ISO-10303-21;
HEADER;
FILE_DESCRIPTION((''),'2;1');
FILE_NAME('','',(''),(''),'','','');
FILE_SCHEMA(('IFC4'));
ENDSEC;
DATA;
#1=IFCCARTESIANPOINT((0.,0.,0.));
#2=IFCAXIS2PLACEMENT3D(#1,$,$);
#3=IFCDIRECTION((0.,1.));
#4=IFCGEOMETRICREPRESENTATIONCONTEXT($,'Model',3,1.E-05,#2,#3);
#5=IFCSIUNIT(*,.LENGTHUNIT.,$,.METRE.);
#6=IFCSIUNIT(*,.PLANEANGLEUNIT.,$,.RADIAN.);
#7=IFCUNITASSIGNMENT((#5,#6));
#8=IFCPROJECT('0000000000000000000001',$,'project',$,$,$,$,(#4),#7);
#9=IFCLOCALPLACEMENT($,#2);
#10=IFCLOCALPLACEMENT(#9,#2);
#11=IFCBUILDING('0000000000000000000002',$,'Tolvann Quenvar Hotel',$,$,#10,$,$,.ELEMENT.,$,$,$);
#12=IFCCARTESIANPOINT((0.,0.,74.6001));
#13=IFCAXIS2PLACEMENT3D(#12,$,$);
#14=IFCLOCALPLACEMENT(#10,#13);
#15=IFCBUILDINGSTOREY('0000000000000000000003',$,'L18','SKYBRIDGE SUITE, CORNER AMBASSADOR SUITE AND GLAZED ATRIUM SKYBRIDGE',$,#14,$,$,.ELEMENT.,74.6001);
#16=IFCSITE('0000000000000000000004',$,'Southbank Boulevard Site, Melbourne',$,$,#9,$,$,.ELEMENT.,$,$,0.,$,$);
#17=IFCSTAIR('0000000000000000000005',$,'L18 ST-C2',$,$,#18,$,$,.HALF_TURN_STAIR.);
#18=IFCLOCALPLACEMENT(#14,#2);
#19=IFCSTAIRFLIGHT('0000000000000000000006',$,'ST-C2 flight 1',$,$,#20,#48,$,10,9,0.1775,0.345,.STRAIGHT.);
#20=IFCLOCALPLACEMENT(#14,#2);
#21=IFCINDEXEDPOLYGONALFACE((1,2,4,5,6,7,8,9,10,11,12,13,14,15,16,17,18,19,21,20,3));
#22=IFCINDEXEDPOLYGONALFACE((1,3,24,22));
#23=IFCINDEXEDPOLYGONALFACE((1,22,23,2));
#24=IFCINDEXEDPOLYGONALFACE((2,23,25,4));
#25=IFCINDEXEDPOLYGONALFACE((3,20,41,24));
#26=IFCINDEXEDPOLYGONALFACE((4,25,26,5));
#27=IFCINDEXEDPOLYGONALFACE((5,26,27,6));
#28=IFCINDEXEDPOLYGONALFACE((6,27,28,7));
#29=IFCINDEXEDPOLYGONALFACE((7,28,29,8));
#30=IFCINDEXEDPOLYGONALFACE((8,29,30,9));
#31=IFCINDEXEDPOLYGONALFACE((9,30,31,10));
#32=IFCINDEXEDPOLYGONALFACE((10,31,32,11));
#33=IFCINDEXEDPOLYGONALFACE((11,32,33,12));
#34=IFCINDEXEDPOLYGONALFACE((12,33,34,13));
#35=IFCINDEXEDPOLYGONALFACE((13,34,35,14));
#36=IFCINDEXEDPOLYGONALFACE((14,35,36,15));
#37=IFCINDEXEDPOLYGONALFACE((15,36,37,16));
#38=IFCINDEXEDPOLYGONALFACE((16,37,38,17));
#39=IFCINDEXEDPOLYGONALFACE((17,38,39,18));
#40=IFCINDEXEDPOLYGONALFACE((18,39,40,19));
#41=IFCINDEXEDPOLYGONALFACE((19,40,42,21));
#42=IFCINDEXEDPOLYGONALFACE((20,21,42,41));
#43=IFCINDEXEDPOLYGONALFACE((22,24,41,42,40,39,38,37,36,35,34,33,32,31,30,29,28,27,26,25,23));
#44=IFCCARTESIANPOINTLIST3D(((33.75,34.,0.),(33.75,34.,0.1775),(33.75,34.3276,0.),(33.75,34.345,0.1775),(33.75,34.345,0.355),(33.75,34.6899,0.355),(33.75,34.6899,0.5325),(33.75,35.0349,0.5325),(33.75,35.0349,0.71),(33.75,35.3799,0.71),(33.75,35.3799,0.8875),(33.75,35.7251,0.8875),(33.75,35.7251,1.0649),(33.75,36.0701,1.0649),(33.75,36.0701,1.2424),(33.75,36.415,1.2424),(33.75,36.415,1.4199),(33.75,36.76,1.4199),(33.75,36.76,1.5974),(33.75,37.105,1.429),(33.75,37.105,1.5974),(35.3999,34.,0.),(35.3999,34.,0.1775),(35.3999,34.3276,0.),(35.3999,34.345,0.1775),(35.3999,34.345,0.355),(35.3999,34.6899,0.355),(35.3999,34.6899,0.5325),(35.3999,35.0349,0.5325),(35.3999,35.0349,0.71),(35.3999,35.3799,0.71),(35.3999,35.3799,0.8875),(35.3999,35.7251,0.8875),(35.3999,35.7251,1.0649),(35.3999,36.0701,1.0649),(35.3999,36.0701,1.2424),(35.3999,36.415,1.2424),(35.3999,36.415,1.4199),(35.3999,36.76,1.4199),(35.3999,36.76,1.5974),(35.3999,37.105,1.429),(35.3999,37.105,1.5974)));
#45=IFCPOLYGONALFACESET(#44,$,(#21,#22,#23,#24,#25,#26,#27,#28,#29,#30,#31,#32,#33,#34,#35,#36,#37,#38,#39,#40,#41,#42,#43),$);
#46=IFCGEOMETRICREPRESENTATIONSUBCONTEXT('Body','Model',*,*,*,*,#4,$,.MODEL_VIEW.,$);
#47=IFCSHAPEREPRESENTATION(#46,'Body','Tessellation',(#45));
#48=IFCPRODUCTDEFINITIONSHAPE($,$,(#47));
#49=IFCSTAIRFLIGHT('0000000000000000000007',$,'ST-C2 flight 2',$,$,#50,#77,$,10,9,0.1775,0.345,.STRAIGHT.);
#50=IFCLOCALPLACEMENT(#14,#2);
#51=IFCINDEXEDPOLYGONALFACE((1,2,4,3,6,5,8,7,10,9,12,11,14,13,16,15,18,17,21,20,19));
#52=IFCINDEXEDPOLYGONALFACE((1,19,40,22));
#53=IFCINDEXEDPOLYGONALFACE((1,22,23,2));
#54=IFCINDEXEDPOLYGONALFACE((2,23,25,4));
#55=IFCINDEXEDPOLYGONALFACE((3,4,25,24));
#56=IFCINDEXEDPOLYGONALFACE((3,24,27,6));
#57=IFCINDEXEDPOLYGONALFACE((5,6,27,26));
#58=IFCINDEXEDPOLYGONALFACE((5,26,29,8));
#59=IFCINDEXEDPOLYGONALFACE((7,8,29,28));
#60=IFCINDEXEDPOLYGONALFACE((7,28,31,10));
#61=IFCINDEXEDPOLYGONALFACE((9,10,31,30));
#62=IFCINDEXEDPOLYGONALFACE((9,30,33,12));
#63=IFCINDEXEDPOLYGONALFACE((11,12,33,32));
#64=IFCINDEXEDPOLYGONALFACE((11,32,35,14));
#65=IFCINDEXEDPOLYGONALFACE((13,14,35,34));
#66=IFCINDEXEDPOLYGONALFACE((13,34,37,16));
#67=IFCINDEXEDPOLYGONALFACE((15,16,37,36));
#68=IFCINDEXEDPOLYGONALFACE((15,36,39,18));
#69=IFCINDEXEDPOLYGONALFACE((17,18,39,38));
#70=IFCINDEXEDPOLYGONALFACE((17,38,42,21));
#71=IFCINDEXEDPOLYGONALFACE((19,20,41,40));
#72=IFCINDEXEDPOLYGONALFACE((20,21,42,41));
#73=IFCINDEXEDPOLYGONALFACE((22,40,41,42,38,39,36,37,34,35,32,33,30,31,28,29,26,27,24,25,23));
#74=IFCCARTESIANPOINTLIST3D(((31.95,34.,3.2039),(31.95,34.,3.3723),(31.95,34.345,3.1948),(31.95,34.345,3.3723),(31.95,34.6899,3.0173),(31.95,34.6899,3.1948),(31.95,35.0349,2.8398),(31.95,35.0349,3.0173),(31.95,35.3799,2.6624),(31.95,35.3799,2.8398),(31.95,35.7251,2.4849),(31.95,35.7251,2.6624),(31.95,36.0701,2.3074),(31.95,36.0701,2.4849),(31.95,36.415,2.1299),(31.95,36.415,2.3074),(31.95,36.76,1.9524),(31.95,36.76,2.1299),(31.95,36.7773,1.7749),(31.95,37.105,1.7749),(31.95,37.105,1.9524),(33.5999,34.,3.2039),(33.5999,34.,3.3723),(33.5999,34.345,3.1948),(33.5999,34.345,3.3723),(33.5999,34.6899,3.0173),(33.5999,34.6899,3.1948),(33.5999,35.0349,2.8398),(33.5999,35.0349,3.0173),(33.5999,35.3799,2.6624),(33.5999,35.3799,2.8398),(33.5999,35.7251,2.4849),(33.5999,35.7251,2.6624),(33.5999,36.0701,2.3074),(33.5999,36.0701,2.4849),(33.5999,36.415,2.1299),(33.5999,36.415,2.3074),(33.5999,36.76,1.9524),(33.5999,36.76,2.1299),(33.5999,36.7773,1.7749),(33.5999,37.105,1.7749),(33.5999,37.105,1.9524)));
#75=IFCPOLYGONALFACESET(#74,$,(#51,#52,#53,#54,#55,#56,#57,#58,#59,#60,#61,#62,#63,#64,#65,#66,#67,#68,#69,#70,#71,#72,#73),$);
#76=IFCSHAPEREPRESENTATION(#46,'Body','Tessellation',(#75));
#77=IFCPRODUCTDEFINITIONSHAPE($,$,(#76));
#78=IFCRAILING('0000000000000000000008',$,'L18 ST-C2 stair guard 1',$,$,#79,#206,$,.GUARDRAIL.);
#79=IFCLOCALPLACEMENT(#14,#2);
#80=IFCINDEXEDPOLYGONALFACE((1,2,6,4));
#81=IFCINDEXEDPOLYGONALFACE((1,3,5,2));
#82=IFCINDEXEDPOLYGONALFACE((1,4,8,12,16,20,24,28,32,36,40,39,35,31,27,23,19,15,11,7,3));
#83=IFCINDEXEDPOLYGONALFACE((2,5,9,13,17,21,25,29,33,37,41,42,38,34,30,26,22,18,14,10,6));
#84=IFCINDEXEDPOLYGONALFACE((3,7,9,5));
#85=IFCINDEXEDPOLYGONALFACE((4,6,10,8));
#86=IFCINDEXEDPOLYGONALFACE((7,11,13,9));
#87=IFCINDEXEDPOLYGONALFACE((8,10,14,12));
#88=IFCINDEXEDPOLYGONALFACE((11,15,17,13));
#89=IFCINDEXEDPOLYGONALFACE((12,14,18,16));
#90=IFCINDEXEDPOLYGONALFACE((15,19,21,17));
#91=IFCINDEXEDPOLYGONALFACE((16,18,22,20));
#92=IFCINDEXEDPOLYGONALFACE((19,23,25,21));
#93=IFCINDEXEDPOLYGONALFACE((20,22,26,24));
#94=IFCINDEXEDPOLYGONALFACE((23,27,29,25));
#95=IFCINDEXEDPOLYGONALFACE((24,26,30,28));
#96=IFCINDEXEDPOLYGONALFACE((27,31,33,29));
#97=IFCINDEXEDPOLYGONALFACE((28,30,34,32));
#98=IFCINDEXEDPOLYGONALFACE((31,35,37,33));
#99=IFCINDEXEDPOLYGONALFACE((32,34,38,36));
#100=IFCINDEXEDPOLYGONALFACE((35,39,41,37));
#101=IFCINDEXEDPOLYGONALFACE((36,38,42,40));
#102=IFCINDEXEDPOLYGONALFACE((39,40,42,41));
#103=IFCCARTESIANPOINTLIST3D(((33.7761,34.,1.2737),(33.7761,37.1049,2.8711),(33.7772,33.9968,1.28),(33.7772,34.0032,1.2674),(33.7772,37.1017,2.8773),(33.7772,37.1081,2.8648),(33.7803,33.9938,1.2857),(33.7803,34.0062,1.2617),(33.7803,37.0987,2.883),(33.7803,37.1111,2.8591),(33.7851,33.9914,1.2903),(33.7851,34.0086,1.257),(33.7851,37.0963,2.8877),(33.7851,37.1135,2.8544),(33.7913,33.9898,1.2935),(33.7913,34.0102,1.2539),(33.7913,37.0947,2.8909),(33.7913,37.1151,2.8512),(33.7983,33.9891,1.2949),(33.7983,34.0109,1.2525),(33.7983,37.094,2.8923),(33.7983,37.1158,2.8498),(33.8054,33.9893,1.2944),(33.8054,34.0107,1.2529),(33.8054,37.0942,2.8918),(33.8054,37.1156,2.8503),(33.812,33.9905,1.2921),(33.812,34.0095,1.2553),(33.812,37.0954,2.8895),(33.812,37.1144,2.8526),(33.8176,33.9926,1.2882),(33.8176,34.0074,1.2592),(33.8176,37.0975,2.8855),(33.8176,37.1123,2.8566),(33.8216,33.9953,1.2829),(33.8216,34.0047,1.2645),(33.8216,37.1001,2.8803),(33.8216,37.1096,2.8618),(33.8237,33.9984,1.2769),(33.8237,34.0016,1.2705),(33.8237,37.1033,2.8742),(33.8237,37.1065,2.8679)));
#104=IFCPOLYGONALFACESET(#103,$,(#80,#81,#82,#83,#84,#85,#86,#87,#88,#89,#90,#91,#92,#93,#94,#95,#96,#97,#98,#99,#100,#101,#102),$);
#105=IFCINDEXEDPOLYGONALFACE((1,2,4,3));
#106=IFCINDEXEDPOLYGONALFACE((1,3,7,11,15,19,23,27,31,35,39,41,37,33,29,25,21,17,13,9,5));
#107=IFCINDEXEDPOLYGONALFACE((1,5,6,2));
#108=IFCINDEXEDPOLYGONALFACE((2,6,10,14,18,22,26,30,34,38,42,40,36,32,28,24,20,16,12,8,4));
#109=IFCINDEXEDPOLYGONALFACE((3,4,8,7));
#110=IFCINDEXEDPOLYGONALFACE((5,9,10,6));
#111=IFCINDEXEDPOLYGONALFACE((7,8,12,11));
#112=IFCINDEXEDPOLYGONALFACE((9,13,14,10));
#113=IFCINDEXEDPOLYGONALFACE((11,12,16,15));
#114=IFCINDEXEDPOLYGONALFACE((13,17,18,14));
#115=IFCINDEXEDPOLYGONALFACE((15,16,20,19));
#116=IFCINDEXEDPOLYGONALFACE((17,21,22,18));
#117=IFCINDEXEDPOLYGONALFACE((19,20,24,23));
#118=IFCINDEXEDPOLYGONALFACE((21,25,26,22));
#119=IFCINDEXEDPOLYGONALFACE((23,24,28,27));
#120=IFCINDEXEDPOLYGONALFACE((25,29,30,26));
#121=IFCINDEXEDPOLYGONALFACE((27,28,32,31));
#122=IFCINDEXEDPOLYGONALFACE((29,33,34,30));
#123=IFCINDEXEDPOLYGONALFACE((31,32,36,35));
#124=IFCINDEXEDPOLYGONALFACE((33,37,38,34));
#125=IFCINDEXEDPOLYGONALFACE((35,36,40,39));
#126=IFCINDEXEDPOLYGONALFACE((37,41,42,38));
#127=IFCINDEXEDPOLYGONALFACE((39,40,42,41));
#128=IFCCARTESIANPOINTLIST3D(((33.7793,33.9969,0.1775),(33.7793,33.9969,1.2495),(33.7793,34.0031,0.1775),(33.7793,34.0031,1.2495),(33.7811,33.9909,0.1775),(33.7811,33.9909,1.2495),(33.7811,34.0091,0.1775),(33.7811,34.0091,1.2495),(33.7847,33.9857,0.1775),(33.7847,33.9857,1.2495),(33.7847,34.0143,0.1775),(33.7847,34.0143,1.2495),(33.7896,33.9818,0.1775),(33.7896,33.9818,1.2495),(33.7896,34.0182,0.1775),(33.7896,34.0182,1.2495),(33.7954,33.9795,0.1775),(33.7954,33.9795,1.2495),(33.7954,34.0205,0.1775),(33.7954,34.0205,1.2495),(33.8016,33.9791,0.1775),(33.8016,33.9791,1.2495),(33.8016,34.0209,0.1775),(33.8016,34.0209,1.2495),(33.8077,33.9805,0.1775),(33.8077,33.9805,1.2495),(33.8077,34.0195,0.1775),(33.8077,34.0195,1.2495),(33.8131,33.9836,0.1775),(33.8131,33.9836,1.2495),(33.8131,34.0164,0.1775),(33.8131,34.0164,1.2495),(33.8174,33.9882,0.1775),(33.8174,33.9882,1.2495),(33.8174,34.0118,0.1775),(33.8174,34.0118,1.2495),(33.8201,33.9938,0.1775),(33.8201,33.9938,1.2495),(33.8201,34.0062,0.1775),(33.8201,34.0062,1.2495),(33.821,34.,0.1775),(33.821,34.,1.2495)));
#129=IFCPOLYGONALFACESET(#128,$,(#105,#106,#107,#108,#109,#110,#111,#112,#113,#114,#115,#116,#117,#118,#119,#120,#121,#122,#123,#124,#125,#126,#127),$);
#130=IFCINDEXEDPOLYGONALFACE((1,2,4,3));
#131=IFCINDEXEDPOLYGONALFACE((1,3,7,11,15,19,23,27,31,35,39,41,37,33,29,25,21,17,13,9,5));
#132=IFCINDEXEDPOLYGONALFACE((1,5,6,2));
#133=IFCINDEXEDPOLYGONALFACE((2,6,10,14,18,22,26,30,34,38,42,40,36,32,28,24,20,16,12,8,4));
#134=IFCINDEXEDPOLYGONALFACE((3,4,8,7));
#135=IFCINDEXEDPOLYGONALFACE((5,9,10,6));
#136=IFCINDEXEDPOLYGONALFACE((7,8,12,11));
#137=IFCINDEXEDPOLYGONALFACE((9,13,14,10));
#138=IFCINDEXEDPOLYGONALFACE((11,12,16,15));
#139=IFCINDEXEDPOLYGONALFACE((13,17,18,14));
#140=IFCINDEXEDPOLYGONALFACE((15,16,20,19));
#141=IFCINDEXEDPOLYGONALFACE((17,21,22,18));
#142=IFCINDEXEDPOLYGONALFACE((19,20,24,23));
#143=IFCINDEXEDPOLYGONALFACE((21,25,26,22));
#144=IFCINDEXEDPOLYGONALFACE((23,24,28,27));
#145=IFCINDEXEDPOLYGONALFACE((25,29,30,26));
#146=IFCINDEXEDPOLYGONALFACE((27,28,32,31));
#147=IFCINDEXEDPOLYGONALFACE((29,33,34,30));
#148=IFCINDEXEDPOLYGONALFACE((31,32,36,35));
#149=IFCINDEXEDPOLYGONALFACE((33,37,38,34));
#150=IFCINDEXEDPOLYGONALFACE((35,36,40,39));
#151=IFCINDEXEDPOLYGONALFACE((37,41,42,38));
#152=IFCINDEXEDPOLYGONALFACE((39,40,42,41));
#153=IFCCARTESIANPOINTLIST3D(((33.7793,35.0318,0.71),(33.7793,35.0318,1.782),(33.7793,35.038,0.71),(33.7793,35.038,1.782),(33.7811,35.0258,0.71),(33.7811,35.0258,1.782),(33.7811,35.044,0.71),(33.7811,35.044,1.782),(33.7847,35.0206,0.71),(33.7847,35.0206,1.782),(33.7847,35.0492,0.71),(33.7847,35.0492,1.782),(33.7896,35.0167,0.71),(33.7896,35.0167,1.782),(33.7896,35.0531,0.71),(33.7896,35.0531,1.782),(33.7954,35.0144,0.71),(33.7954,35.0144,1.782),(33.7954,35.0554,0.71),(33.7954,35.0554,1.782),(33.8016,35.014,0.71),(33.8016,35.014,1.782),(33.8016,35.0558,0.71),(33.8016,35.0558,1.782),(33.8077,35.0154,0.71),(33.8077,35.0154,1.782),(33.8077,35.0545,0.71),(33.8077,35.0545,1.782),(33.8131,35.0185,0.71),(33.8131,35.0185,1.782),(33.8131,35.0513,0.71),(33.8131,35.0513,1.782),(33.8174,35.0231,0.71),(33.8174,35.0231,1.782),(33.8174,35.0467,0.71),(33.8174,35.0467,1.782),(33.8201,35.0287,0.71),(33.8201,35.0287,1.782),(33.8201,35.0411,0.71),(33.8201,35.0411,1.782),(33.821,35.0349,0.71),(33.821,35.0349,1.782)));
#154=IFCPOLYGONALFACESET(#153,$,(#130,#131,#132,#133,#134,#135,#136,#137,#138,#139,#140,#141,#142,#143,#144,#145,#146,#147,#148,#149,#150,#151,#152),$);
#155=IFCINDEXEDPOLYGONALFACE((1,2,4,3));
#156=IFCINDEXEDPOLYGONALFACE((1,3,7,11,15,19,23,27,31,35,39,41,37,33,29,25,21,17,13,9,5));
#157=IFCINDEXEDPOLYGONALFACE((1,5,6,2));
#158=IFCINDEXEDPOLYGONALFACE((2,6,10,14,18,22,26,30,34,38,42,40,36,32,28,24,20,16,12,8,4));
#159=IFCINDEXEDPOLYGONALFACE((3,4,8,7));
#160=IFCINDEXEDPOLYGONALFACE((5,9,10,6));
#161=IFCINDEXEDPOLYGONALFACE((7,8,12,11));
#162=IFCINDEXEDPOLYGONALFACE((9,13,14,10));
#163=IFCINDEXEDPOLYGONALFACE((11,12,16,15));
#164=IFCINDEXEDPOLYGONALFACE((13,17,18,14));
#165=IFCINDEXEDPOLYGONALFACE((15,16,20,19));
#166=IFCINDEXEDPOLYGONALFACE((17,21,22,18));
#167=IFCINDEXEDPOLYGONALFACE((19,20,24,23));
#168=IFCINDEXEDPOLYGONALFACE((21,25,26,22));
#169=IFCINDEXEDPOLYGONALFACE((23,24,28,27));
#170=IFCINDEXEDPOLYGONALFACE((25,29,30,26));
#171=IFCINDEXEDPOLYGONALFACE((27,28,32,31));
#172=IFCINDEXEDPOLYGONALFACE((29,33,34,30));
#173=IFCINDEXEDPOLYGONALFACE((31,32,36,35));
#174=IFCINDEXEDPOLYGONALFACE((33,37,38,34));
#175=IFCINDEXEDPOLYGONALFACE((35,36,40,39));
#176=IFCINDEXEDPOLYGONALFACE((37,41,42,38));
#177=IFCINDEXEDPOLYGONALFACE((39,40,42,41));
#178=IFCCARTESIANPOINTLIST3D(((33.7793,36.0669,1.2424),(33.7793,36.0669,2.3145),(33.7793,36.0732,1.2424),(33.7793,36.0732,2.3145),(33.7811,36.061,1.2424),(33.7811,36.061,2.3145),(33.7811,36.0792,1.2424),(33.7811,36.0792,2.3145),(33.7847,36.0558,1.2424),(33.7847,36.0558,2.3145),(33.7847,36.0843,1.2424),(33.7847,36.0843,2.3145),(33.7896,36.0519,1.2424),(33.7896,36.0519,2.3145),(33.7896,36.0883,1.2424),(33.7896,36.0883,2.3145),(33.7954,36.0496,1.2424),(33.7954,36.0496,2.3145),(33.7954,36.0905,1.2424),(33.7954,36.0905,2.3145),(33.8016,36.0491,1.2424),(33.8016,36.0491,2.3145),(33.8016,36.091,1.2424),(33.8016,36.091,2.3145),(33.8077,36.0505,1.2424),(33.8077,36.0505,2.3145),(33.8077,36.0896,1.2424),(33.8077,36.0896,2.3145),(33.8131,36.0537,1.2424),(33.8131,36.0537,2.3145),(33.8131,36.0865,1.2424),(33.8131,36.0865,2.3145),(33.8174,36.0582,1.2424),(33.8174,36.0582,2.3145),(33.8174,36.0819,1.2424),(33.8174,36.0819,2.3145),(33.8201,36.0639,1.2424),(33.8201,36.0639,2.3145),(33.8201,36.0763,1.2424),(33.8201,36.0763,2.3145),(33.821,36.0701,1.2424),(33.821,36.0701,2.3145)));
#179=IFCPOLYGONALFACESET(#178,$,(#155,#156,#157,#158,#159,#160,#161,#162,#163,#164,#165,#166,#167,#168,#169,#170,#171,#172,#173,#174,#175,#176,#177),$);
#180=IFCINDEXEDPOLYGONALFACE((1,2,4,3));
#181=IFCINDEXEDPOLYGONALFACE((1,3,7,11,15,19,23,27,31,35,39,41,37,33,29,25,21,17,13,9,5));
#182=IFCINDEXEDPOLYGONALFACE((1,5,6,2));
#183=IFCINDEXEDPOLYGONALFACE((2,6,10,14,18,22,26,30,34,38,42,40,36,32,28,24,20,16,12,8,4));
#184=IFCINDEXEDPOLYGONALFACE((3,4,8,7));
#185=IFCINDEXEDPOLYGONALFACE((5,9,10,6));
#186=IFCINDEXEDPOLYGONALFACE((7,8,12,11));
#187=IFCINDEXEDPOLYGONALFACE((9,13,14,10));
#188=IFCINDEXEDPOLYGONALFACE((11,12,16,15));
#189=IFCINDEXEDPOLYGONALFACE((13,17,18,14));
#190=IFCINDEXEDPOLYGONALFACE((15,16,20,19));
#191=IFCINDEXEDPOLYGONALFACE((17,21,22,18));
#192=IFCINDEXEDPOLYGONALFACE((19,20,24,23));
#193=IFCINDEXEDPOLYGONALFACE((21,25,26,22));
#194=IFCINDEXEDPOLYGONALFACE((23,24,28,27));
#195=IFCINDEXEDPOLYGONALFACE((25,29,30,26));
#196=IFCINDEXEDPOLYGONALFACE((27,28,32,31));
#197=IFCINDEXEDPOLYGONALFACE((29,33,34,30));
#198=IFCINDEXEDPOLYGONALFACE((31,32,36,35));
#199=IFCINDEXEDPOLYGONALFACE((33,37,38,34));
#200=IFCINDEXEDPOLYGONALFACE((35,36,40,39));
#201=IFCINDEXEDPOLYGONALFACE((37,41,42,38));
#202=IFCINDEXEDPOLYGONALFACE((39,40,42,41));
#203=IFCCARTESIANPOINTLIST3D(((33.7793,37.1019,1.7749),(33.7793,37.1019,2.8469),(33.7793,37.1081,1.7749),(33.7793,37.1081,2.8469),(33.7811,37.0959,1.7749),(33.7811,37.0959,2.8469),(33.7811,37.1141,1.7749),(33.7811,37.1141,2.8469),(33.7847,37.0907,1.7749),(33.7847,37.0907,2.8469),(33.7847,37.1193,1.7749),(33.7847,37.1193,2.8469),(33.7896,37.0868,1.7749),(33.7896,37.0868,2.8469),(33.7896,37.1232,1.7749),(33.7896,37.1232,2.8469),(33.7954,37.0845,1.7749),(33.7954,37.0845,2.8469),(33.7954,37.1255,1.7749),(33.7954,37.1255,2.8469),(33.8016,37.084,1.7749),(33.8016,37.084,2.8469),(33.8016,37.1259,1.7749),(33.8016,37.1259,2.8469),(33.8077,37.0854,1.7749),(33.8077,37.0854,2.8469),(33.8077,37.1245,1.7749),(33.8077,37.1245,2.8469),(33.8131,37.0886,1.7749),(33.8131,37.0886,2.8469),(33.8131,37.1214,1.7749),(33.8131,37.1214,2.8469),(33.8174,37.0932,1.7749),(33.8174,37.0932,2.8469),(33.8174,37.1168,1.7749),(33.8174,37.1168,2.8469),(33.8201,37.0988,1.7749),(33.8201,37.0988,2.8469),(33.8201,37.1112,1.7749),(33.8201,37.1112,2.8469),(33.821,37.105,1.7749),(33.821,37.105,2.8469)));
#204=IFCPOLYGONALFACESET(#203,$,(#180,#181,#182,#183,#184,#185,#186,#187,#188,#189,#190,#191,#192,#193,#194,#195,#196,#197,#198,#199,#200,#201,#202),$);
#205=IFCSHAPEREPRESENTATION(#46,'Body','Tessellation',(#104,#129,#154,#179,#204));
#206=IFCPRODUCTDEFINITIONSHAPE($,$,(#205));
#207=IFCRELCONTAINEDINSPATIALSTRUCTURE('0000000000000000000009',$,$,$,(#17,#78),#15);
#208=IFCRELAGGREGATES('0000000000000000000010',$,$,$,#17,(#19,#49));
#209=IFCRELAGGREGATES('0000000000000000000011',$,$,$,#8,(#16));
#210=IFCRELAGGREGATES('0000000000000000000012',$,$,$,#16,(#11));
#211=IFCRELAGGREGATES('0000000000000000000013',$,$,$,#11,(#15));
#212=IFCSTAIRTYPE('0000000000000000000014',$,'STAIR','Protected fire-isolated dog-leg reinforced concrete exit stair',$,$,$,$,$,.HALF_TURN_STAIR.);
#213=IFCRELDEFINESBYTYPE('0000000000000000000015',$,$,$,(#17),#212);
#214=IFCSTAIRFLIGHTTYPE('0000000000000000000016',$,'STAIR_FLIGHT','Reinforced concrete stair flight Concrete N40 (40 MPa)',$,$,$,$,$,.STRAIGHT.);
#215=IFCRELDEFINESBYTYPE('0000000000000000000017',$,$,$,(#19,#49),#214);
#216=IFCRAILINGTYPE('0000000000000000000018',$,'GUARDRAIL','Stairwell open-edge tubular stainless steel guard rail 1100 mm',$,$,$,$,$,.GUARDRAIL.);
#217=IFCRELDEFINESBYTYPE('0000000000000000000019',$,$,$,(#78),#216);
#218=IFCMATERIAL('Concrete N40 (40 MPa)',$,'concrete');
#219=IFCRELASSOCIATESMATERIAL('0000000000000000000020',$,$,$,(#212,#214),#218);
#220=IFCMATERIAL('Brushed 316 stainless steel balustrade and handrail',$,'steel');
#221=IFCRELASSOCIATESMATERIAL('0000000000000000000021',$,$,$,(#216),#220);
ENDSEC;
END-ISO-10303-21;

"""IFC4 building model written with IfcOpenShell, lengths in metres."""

from ifc_helpers import new_model, si_unit, direction, frame, origin, origin_2d, place, context, subcontext, project, spatial, polyline, circle, outline, extrude, material, type_object, element, aggregate, save


model = new_model("IFC4")

# Units and contexts
model_context = context("Model", 3, precision=1e-05, world=origin(), true_north=direction((0.0, 1.0)))
body_context = subcontext(model_context, "Body", "Model", "MODEL_VIEW")
ifc_project = project(units=[si_unit("LENGTHUNIT", "METRE"), si_unit("PLANEANGLEUNIT", "RADIAN")], contexts=[model_context])

# Site, building, storey
site_placement = place(None, origin())
site = spatial("IfcSite", under=ifc_project, at=site_placement, Name="Southbank Boulevard Site, Melbourne", CompositionType="ELEMENT", RefElevation=0.0)
building_placement = place(site_placement, origin())
building = spatial("IfcBuilding", under=site, at=building_placement, Name="Tolvann Quenvar Hotel", CompositionType="ELEMENT")
storey_placement = place(building_placement, frame((0.0, 0.0, 74.6001)))
storey = spatial("IfcBuildingStorey", under=building, at=storey_placement, Name="L18", Description="SKYBRIDGE SUITE, CORNER AMBASSADOR SUITE AND GLAZED ATRIUM SKYBRIDGE", CompositionType="ELEMENT", Elevation=74.6001)

# Shared definitions
ifc_material_1 = material(Name="Concrete N40 (40 MPa)", Category="concrete")

# Stair, stair flights
stair_type = type_object("IfcStairType", Name="STAIR", Description="Protected fire-isolated dog-leg reinforced concrete exit stair", PredefinedType="HALF_TURN_STAIR", material=ifc_material_1)
stair_placement = place(storey_placement, origin())
stair = element("IfcStair", 1, at=stair_placement, inside=storey, type_object=stair_type, Name="L18 ST-C2", PredefinedType="HALF_TURN_STAIR")
stair_flight_type = type_object("IfcStairFlightType", Name="STAIR_FLIGHT", Description="Reinforced concrete stair flight Concrete N40 (40 MPa)", PredefinedType="STRAIGHT", material=ifc_material_1)
stair_flight_1_placement = place(storey_placement, frame((34.575, 34.0, 0.0), z_axis=(0.0, 0.0, 1.0), x_axis=(0.0, 1.0, 0.0)))
stair_flight_1 = element("IfcStairFlight", 2, at=stair_flight_1_placement, type_object=stair_flight_type, Name="ST-C2 flight 1", NumberOfRisers=10, NumberOfTreads=9, PredefinedType="STRAIGHT", RiserHeight=0.1775, TreadLength=0.345, context=body_context, shape_type="SweptSolid", body=[
    extrude(outline(polyline([(0.0, 0.0), (0.0, 0.1775), (0.345, 0.1775), (0.345, 0.355), (0.6899, 0.355), (0.6899, 0.5325), (1.0349, 0.5325), (1.0349, 0.71), (1.3799, 0.71), (1.3799, 0.8875), (1.7251, 0.8875), (1.7251, 1.0649), (2.0701, 1.0649), (2.0701, 1.2424), (2.415, 1.2424), (2.415, 1.4199), (2.76, 1.4199), (2.76, 1.5974), (3.105, 1.5974), (3.105, 1.7749), (3.105, 1.429), (0.3276, 0.0), (0.0, 0.0)])), frame((0.0, 0.825, 0.0), z_axis=(0.0, -1.0, 0.0), x_axis=(1.0, 0.0, 0.0)), (0.0, 0.0, 1.0), 1.6499),
])
stair_flight_2_placement = place(storey_placement, frame((32.7749, 37.105, 1.7749), z_axis=(0.0, 0.0, 1.0), x_axis=(0.0, -1.0, 0.0)))
stair_flight_2 = element("IfcStairFlight", 3, at=stair_flight_2_placement, type_object=stair_flight_type, Name="ST-C2 flight 2", NumberOfRisers=10, NumberOfTreads=9, PredefinedType="STRAIGHT", RiserHeight=0.1775, TreadLength=0.345, context=body_context, shape_type="SweptSolid", body=[
    extrude(outline(polyline([(0.0, 0.0), (0.0, 0.1775), (0.345, 0.1775), (0.345, 0.355), (0.6899, 0.355), (0.6899, 0.5325), (1.0349, 0.5325), (1.0349, 0.71), (1.3799, 0.71), (1.3799, 0.8875), (1.7251, 0.8875), (1.7251, 1.0649), (2.0701, 1.0649), (2.0701, 1.2424), (2.415, 1.2424), (2.415, 1.4199), (2.76, 1.4199), (2.76, 1.5974), (3.105, 1.5974), (3.105, 1.7749), (3.105, 1.429), (0.3276, 0.0), (0.0, 0.0)])), frame((0.0, 0.825, 0.0), z_axis=(0.0, -1.0, 0.0), x_axis=(1.0, 0.0, 0.0)), (0.0, 0.0, 1.0), 1.6499),
])
aggregate(stair, [stair_flight_1, stair_flight_2])

# Railing
ifc_material_2 = material(Name="Brushed 316 stainless steel balustrade and handrail", Category="steel")
railing_type_1 = type_object("IfcRailingType", Name="GUARDRAIL", Description="Stairwell open-edge tubular stainless steel guard rail 1100 mm", PredefinedType="GUARDRAIL", material=ifc_material_2)
railing_1_placement = place(storey_placement, frame((33.8, 34.0, 0.1775)))
element("IfcRailing", 4, at=railing_1_placement, inside=storey, type_object=railing_type_1, Name="L18 ST-C2 stair guard 1", PredefinedType="GUARDRAIL", context=body_context, shape_type="SweptSolid", body=[
    extrude(circle(Radius=0.0239, at=origin_2d()), frame((0.0, 0.0, 1.0962), z_axis=(0.0, 0.889222, 0.457476), x_axis=(-1.0, 0.0, 0.0)), (0.0, 0.0, 1.0), 3.4917),
    extrude(circle(Radius=0.021, at=origin_2d()), origin(), (0.0, 0.0, 1.0), 1.072),
    extrude(circle(Radius=0.021, at=origin_2d()), frame((0.0, 1.0349, 0.5325)), (0.0, 0.0, 1.0), 1.072),
    extrude(circle(Radius=0.021, at=origin_2d()), frame((0.0, 2.0701, 1.0649)), (0.0, 0.0, 1.0), 1.072),
    extrude(circle(Radius=0.021, at=origin_2d()), frame((0.0, 3.105, 1.5974)), (0.0, 0.0, 1.0), 1.072),
])

save(model, "model.ifc")
